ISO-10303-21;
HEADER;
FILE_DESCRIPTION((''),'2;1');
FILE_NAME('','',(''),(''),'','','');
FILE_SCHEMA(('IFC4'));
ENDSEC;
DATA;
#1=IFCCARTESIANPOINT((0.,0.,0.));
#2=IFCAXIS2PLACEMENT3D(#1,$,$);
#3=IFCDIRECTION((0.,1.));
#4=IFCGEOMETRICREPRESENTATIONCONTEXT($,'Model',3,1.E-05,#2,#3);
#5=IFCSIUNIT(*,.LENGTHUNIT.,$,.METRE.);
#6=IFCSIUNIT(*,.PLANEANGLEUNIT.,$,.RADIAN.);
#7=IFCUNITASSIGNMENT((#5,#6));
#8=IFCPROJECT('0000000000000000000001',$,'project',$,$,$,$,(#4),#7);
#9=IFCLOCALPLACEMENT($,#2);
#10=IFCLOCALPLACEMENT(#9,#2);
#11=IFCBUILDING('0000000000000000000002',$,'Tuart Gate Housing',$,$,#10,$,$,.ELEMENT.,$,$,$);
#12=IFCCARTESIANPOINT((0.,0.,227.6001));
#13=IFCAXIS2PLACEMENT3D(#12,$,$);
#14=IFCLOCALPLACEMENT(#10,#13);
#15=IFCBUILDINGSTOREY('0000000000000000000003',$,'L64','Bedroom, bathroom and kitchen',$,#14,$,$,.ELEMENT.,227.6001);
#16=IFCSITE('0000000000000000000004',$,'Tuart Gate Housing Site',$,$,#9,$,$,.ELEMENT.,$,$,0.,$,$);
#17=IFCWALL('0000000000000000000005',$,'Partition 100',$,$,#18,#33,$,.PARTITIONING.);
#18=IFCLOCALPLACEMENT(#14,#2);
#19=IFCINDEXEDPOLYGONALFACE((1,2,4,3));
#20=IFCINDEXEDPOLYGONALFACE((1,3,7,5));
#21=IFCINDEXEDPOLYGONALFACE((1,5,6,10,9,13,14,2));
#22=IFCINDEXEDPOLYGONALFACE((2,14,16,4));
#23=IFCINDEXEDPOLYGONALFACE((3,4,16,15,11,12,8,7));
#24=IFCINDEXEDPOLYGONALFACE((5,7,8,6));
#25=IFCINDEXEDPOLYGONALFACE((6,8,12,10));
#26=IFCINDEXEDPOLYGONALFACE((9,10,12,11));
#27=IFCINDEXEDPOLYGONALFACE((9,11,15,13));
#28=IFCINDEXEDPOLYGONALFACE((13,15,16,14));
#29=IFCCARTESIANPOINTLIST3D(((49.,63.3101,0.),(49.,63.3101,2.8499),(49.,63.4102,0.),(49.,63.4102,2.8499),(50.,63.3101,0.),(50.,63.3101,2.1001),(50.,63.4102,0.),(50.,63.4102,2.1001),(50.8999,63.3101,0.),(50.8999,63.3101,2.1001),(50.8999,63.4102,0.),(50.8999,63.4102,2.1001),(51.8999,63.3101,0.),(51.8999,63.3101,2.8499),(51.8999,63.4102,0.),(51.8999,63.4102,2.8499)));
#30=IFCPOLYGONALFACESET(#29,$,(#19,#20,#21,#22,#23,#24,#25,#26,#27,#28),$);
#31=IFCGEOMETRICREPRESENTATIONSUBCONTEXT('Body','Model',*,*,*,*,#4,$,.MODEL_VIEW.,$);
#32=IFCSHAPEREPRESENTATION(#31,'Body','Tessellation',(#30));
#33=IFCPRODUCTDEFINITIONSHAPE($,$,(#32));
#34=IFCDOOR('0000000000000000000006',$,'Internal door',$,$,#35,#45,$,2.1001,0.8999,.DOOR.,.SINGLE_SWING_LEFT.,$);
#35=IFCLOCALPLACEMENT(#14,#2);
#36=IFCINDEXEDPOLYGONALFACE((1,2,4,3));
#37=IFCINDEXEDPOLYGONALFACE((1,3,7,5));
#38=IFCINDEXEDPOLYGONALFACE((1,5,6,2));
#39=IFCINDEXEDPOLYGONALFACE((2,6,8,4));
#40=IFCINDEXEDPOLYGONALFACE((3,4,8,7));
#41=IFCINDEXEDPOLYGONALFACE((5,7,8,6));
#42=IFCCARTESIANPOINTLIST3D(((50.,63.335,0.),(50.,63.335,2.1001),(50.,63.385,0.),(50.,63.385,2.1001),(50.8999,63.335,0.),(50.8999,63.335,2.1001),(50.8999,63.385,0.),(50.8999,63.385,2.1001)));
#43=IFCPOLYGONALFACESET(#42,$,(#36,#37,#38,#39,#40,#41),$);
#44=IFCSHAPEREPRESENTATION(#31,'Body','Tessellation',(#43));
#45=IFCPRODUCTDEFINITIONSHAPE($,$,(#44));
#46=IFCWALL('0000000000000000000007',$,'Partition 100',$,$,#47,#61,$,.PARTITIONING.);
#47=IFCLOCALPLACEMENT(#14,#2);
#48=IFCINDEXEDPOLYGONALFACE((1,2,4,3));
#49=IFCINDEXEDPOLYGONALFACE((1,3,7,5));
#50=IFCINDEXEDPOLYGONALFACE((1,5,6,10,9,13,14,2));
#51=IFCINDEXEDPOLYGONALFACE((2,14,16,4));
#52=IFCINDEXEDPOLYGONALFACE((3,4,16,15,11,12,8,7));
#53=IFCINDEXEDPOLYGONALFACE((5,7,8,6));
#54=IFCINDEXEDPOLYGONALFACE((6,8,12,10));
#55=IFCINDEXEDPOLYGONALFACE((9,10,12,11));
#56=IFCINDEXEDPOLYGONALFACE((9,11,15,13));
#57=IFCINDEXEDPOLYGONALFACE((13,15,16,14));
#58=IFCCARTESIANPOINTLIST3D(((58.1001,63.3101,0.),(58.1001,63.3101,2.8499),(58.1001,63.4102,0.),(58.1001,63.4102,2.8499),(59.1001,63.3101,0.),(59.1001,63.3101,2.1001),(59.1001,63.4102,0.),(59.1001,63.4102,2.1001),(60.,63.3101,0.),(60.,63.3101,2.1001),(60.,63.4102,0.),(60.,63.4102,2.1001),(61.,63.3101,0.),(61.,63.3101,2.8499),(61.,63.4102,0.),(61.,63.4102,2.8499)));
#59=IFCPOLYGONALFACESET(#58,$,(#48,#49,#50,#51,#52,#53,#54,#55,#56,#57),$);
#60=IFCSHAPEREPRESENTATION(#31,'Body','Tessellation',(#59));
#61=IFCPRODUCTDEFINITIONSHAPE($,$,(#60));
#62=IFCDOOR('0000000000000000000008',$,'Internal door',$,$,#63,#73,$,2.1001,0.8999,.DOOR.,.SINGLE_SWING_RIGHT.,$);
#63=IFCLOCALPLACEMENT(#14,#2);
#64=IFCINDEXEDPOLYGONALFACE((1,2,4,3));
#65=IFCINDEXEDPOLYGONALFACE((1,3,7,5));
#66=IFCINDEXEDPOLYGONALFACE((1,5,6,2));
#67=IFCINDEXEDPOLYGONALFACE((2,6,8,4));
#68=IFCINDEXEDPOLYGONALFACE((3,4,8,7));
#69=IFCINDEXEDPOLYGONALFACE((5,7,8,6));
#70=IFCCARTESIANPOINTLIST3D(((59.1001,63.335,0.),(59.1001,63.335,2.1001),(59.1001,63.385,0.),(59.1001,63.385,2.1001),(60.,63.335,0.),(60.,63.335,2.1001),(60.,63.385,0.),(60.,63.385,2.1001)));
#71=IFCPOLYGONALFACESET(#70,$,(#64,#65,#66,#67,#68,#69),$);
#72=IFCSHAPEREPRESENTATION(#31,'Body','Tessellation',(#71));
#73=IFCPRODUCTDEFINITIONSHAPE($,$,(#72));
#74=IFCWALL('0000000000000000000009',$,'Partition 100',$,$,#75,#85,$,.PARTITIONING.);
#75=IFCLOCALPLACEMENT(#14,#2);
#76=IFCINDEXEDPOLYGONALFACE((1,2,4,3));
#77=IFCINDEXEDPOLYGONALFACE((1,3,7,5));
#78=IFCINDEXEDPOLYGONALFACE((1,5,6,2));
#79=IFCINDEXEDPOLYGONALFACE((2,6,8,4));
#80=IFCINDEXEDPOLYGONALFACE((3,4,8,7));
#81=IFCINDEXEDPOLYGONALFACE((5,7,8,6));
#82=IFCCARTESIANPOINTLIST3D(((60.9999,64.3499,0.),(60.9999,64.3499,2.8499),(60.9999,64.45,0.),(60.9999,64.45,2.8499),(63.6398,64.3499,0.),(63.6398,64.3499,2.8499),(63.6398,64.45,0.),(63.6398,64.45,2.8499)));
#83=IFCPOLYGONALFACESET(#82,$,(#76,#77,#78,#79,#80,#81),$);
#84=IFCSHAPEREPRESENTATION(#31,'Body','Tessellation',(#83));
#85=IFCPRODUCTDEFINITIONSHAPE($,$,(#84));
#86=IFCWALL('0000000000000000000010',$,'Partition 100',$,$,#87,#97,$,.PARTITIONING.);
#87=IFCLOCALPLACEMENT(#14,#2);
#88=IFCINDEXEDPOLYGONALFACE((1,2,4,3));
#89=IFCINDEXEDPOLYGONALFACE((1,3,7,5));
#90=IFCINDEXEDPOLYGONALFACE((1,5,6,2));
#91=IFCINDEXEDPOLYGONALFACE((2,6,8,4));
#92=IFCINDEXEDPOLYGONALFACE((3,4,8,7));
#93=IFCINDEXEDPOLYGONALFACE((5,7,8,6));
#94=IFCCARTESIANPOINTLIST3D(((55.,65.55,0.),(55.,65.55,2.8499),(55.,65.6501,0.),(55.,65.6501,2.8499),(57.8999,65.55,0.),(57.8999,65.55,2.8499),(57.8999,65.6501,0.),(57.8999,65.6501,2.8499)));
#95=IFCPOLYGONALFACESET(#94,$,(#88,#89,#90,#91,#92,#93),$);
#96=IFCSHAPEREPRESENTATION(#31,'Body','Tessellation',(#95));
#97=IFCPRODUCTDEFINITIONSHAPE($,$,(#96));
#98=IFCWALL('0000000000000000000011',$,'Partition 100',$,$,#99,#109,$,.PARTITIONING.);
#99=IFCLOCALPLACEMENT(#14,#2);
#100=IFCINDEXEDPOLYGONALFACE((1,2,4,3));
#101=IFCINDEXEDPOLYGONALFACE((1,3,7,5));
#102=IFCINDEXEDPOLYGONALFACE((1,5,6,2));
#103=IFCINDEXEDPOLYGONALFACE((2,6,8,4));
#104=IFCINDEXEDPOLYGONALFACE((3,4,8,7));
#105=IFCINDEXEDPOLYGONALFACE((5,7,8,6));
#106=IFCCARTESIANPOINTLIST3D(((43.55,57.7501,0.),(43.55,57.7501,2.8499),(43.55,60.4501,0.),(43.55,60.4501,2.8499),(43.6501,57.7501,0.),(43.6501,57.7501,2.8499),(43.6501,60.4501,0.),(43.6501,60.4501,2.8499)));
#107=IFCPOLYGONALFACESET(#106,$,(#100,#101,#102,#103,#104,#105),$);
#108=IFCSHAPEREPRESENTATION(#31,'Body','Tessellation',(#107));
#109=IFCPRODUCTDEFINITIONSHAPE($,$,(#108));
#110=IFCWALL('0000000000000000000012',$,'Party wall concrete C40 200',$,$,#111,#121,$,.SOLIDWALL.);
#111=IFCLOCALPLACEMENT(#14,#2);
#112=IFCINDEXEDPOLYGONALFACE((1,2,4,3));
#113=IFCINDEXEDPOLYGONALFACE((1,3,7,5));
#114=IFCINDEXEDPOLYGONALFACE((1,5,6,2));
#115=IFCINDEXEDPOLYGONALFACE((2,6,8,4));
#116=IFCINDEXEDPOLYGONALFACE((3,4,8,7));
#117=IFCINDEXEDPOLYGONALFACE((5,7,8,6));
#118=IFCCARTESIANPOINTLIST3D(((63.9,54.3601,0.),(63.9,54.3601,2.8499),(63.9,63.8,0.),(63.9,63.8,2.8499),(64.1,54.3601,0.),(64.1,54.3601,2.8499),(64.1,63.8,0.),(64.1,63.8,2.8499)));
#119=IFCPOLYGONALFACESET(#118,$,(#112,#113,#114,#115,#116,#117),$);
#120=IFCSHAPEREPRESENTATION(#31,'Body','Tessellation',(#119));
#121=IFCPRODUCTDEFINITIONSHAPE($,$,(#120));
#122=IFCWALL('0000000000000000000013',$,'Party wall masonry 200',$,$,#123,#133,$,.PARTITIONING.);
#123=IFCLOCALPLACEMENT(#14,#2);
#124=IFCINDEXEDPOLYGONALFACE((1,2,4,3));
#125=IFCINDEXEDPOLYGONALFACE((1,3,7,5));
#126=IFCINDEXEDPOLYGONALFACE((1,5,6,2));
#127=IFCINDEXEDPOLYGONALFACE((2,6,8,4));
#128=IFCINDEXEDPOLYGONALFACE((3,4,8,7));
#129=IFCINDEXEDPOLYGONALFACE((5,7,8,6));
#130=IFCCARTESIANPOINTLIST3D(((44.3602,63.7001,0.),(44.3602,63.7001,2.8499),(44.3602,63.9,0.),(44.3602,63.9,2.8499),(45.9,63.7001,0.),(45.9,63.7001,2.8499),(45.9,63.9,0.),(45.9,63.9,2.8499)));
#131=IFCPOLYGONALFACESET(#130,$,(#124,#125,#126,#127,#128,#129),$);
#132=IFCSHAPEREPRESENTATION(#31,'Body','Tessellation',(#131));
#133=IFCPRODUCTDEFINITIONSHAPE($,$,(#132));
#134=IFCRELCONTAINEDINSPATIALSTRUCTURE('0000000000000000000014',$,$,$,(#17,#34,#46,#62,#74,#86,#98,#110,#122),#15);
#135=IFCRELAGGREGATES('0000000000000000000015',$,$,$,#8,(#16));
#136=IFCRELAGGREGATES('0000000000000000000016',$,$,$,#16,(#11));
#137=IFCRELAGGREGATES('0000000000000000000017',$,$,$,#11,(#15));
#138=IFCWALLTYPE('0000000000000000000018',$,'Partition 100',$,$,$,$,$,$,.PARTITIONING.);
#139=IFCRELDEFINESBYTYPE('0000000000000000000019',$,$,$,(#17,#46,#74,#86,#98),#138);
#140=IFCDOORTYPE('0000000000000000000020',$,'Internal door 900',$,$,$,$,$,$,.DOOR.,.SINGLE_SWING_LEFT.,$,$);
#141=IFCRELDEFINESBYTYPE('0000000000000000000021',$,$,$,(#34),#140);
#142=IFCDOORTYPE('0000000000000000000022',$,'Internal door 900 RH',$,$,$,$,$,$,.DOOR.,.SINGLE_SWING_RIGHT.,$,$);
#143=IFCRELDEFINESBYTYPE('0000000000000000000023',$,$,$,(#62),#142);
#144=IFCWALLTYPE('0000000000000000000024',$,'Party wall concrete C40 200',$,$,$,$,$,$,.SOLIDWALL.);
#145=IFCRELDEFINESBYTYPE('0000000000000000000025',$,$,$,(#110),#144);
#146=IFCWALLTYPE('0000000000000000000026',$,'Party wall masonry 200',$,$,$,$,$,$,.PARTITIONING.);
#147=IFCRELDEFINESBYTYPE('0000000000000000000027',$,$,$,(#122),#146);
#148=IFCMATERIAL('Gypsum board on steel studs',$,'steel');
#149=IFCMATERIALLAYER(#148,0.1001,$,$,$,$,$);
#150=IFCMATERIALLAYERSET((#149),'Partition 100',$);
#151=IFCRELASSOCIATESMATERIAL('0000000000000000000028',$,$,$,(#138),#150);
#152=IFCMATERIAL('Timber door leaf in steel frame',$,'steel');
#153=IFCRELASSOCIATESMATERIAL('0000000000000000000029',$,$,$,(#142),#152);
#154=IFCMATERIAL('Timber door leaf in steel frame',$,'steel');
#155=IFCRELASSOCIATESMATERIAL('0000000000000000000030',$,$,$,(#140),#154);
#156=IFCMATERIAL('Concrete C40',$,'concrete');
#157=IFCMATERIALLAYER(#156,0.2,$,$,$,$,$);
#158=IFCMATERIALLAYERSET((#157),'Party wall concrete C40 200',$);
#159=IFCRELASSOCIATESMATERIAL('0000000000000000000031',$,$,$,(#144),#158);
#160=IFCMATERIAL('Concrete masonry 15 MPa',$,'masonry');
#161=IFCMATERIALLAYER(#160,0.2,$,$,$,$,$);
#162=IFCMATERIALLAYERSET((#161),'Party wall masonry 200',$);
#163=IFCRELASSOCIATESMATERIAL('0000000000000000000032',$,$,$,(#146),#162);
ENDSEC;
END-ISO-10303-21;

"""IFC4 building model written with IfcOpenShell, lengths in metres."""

from ifc_helpers import new_model, si_unit, direction, frame, frame_2d, origin, place, context, subcontext, project, spatial, rectangle, extrude, material, layer, layer_set, type_object, element, fill, save


model = new_model("IFC4")

# Units and contexts
model_context = context("Model", 3, precision=1e-05, world=origin(), true_north=direction((0.0, 1.0)))
body_context = subcontext(model_context, "Body", "Model", "MODEL_VIEW")
ifc_project = project(units=[si_unit("LENGTHUNIT", "METRE"), si_unit("PLANEANGLEUNIT", "RADIAN")], contexts=[model_context])

# Site, building, storey
site_placement = place(None, origin())
site = spatial("IfcSite", under=ifc_project, at=site_placement, Name="Tuart Gate Housing Site", CompositionType="ELEMENT", RefElevation=0.0)
building_placement = place(site_placement, origin())
building = spatial("IfcBuilding", under=site, at=building_placement, Name="Tuart Gate Housing", CompositionType="ELEMENT")
storey_placement = place(building_placement, frame((0.0, 0.0, 227.6001)))
storey = spatial("IfcBuildingStorey", under=building, at=storey_placement, Name="L64", Description="Bedroom, bathroom and kitchen", CompositionType="ELEMENT", Elevation=227.6001)

# Shared definitions
ifc_material_1 = material(Name="Gypsum board on steel studs", Category="steel")
ifc_layer_1 = layer(ifc_material_1, 0.1001)
ifc_layer_set_1 = layer_set([ifc_layer_1], Name="Partition 100")
wall_type_1 = type_object("IfcWallType", Name="Partition 100", PredefinedType="PARTITIONING", material=ifc_layer_set_1)

# Shared definitions
ifc_material_2 = material(Name="Timber door leaf in steel frame", Category="steel")
door_type_1 = type_object("IfcDoorType", Name="Internal door 900 RH", OperationType="SINGLE_SWING_RIGHT", PredefinedType="DOOR", material=ifc_material_2)

# Shared definitions
ifc_material_3 = material(Name="Timber door leaf in steel frame", Category="steel")
door_type_2 = type_object("IfcDoorType", Name="Internal door 900", OperationType="SINGLE_SWING_LEFT", PredefinedType="DOOR", material=ifc_material_3)

# Walls, openings, doors
wall_1_placement = place(storey_placement, frame((49.0, 63.3601, 0.0), z_axis=(0.0, 0.0, 1.0), x_axis=(1.0, 0.0, 0.0)))
wall_1 = element("IfcWall", 1, at=wall_1_placement, inside=storey, type_object=wall_type_1, Name="Partition 100", PredefinedType="PARTITIONING", context=body_context, shape_type="SweptSolid", body=[
    extrude(rectangle(XDim=2.8999, YDim=0.1001, at=frame_2d((1.45, 0.0))), origin(), (0.0, 0.0, 1.0), 2.8499),
])
opening_1_placement = place(wall_1_placement, frame((1.0, 0.0, 0.0)))
opening_1 = element("IfcOpeningElement", 2, at=opening_1_placement, cuts=wall_1, PredefinedType="OPENING", context=body_context, shape_type="SweptSolid", body=[
    extrude(rectangle(XDim=0.8999, YDim=2.1001, at=frame_2d((0.45, 1.05))), frame((0.0, 0.0601, 0.0), z_axis=(0.0, -1.0, 0.0), x_axis=(1.0, 0.0, 0.0)), (0.0, 0.0, 1.0), 0.1201),
])
door_1_placement = place(opening_1_placement, origin())
door_1 = element("IfcDoor", 3, at=door_1_placement, inside=storey, type_object=door_type_2, Name="Internal door", OperationType="SINGLE_SWING_LEFT", OverallHeight=2.1001, OverallWidth=0.8999, PredefinedType="DOOR", context=body_context, shape_type="SweptSolid", body=[
    extrude(rectangle(XDim=0.8999, YDim=2.1001, at=frame_2d((0.45, 1.05))), frame((0.0, 0.0249, 0.0), z_axis=(0.0, -1.0, 0.0), x_axis=(1.0, 0.0, 0.0)), (0.0, 0.0, 1.0), 0.05),
])
fill(opening_1, door_1)
wall_2_placement = place(storey_placement, frame((58.1001, 63.3601, 0.0), z_axis=(0.0, 0.0, 1.0), x_axis=(1.0, 0.0, 0.0)))
wall_2 = element("IfcWall", 4, at=wall_2_placement, inside=storey, type_object=wall_type_1, Name="Partition 100", PredefinedType="PARTITIONING", context=body_context, shape_type="SweptSolid", body=[
    extrude(rectangle(XDim=2.8999, YDim=0.1001, at=frame_2d((1.45, 0.0))), origin(), (0.0, 0.0, 1.0), 2.8499),
])
opening_2_placement = place(wall_2_placement, frame((1.0, 0.0, 0.0)))
opening_2 = element("IfcOpeningElement", 5, at=opening_2_placement, cuts=wall_2, PredefinedType="OPENING", context=body_context, shape_type="SweptSolid", body=[
    extrude(rectangle(XDim=0.8999, YDim=2.1001, at=frame_2d((0.45, 1.05))), frame((0.0, 0.0601, 0.0), z_axis=(0.0, -1.0, 0.0), x_axis=(1.0, 0.0, 0.0)), (0.0, 0.0, 1.0), 0.1201),
])
door_2_placement = place(opening_2_placement, origin())
door_2 = element("IfcDoor", 6, at=door_2_placement, inside=storey, type_object=door_type_1, Name="Internal door", OperationType="SINGLE_SWING_RIGHT", OverallHeight=2.1001, OverallWidth=0.8999, PredefinedType="DOOR", context=body_context, shape_type="SweptSolid", body=[
    extrude(rectangle(XDim=0.8999, YDim=2.1001, at=frame_2d((0.45, 1.05))), frame((0.0, 0.0249, 0.0), z_axis=(0.0, -1.0, 0.0), x_axis=(1.0, 0.0, 0.0)), (0.0, 0.0, 1.0), 0.05),
])
fill(opening_2, door_2)

# Walls
wall_3_placement = place(storey_placement, frame((61.0, 64.3999, 0.0), z_axis=(0.0, 0.0, 1.0), x_axis=(1.0, 0.0, 0.0)))
element("IfcWall", 7, at=wall_3_placement, inside=storey, type_object=wall_type_1, Name="Partition 100", PredefinedType="PARTITIONING", context=body_context, shape_type="SweptSolid", body=[
    extrude(rectangle(XDim=2.6399, YDim=0.1001, at=frame_2d((1.3198, 0.0))), origin(), (0.0, 0.0, 1.0), 2.8499),
])
wall_4_placement = place(storey_placement, frame((55.0, 65.6001, 0.0), z_axis=(0.0, 0.0, 1.0), x_axis=(1.0, 0.0, 0.0)))
element("IfcWall", 8, at=wall_4_placement, inside=storey, type_object=wall_type_1, Name="Partition 100", PredefinedType="PARTITIONING", context=body_context, shape_type="SweptSolid", body=[
    extrude(rectangle(XDim=2.8999, YDim=0.1001, at=frame_2d((1.45, 0.0))), origin(), (0.0, 0.0, 1.0), 2.8499),
])
wall_5_placement = place(storey_placement, frame((43.6001, 57.75, 0.0), z_axis=(0.0, 0.0, 1.0), x_axis=(0.0, 1.0, 0.0)))
element("IfcWall", 9, at=wall_5_placement, inside=storey, type_object=wall_type_1, Name="Partition 100", PredefinedType="PARTITIONING", context=body_context, shape_type="SweptSolid", body=[
    extrude(rectangle(XDim=2.7, YDim=0.1001, at=frame_2d((1.3501, 0.0))), origin(), (0.0, 0.0, 1.0), 2.8499),
])
ifc_material_4 = material(Name="Concrete C40", Category="concrete")
ifc_layer_2 = layer(ifc_material_4, 0.2)
ifc_layer_set_2 = layer_set([ifc_layer_2], Name="Party wall concrete C40 200")
wall_type_2 = type_object("IfcWallType", Name="Party wall concrete C40 200", PredefinedType="SOLIDWALL", material=ifc_layer_set_2)
wall_6_placement = place(storey_placement, frame((64.0, 54.3601, 0.0), z_axis=(0.0, 0.0, 1.0), x_axis=(0.0, 1.0, 0.0)))
element("IfcWall", 10, at=wall_6_placement, inside=storey, type_object=wall_type_2, Name="Party wall concrete C40 200", PredefinedType="SOLIDWALL", context=body_context, shape_type="SweptSolid", body=[
    extrude(rectangle(XDim=9.4399, YDim=0.2, at=frame_2d((4.72, 0.0))), origin(), (0.0, 0.0, 1.0), 2.8499),
])
ifc_material_5 = material(Name="Concrete masonry 15 MPa", Category="masonry")
ifc_layer_3 = layer(ifc_material_5, 0.2)
ifc_layer_set_3 = layer_set([ifc_layer_3], Name="Party wall masonry 200")
wall_type_3 = type_object("IfcWallType", Name="Party wall masonry 200", PredefinedType="PARTITIONING", material=ifc_layer_set_3)
wall_7_placement = place(storey_placement, frame((44.3601, 63.8, 0.0), z_axis=(0.0, 0.0, 1.0), x_axis=(1.0, 0.0, 0.0)))
element("IfcWall", 11, at=wall_7_placement, inside=storey, type_object=wall_type_3, Name="Party wall masonry 200", PredefinedType="PARTITIONING", context=body_context, shape_type="SweptSolid", body=[
    extrude(rectangle(XDim=1.5398, YDim=0.2, at=frame_2d((0.77, 0.0))), origin(), (0.0, 0.0, 1.0), 2.8499),
])

save(model, "model.ifc")
